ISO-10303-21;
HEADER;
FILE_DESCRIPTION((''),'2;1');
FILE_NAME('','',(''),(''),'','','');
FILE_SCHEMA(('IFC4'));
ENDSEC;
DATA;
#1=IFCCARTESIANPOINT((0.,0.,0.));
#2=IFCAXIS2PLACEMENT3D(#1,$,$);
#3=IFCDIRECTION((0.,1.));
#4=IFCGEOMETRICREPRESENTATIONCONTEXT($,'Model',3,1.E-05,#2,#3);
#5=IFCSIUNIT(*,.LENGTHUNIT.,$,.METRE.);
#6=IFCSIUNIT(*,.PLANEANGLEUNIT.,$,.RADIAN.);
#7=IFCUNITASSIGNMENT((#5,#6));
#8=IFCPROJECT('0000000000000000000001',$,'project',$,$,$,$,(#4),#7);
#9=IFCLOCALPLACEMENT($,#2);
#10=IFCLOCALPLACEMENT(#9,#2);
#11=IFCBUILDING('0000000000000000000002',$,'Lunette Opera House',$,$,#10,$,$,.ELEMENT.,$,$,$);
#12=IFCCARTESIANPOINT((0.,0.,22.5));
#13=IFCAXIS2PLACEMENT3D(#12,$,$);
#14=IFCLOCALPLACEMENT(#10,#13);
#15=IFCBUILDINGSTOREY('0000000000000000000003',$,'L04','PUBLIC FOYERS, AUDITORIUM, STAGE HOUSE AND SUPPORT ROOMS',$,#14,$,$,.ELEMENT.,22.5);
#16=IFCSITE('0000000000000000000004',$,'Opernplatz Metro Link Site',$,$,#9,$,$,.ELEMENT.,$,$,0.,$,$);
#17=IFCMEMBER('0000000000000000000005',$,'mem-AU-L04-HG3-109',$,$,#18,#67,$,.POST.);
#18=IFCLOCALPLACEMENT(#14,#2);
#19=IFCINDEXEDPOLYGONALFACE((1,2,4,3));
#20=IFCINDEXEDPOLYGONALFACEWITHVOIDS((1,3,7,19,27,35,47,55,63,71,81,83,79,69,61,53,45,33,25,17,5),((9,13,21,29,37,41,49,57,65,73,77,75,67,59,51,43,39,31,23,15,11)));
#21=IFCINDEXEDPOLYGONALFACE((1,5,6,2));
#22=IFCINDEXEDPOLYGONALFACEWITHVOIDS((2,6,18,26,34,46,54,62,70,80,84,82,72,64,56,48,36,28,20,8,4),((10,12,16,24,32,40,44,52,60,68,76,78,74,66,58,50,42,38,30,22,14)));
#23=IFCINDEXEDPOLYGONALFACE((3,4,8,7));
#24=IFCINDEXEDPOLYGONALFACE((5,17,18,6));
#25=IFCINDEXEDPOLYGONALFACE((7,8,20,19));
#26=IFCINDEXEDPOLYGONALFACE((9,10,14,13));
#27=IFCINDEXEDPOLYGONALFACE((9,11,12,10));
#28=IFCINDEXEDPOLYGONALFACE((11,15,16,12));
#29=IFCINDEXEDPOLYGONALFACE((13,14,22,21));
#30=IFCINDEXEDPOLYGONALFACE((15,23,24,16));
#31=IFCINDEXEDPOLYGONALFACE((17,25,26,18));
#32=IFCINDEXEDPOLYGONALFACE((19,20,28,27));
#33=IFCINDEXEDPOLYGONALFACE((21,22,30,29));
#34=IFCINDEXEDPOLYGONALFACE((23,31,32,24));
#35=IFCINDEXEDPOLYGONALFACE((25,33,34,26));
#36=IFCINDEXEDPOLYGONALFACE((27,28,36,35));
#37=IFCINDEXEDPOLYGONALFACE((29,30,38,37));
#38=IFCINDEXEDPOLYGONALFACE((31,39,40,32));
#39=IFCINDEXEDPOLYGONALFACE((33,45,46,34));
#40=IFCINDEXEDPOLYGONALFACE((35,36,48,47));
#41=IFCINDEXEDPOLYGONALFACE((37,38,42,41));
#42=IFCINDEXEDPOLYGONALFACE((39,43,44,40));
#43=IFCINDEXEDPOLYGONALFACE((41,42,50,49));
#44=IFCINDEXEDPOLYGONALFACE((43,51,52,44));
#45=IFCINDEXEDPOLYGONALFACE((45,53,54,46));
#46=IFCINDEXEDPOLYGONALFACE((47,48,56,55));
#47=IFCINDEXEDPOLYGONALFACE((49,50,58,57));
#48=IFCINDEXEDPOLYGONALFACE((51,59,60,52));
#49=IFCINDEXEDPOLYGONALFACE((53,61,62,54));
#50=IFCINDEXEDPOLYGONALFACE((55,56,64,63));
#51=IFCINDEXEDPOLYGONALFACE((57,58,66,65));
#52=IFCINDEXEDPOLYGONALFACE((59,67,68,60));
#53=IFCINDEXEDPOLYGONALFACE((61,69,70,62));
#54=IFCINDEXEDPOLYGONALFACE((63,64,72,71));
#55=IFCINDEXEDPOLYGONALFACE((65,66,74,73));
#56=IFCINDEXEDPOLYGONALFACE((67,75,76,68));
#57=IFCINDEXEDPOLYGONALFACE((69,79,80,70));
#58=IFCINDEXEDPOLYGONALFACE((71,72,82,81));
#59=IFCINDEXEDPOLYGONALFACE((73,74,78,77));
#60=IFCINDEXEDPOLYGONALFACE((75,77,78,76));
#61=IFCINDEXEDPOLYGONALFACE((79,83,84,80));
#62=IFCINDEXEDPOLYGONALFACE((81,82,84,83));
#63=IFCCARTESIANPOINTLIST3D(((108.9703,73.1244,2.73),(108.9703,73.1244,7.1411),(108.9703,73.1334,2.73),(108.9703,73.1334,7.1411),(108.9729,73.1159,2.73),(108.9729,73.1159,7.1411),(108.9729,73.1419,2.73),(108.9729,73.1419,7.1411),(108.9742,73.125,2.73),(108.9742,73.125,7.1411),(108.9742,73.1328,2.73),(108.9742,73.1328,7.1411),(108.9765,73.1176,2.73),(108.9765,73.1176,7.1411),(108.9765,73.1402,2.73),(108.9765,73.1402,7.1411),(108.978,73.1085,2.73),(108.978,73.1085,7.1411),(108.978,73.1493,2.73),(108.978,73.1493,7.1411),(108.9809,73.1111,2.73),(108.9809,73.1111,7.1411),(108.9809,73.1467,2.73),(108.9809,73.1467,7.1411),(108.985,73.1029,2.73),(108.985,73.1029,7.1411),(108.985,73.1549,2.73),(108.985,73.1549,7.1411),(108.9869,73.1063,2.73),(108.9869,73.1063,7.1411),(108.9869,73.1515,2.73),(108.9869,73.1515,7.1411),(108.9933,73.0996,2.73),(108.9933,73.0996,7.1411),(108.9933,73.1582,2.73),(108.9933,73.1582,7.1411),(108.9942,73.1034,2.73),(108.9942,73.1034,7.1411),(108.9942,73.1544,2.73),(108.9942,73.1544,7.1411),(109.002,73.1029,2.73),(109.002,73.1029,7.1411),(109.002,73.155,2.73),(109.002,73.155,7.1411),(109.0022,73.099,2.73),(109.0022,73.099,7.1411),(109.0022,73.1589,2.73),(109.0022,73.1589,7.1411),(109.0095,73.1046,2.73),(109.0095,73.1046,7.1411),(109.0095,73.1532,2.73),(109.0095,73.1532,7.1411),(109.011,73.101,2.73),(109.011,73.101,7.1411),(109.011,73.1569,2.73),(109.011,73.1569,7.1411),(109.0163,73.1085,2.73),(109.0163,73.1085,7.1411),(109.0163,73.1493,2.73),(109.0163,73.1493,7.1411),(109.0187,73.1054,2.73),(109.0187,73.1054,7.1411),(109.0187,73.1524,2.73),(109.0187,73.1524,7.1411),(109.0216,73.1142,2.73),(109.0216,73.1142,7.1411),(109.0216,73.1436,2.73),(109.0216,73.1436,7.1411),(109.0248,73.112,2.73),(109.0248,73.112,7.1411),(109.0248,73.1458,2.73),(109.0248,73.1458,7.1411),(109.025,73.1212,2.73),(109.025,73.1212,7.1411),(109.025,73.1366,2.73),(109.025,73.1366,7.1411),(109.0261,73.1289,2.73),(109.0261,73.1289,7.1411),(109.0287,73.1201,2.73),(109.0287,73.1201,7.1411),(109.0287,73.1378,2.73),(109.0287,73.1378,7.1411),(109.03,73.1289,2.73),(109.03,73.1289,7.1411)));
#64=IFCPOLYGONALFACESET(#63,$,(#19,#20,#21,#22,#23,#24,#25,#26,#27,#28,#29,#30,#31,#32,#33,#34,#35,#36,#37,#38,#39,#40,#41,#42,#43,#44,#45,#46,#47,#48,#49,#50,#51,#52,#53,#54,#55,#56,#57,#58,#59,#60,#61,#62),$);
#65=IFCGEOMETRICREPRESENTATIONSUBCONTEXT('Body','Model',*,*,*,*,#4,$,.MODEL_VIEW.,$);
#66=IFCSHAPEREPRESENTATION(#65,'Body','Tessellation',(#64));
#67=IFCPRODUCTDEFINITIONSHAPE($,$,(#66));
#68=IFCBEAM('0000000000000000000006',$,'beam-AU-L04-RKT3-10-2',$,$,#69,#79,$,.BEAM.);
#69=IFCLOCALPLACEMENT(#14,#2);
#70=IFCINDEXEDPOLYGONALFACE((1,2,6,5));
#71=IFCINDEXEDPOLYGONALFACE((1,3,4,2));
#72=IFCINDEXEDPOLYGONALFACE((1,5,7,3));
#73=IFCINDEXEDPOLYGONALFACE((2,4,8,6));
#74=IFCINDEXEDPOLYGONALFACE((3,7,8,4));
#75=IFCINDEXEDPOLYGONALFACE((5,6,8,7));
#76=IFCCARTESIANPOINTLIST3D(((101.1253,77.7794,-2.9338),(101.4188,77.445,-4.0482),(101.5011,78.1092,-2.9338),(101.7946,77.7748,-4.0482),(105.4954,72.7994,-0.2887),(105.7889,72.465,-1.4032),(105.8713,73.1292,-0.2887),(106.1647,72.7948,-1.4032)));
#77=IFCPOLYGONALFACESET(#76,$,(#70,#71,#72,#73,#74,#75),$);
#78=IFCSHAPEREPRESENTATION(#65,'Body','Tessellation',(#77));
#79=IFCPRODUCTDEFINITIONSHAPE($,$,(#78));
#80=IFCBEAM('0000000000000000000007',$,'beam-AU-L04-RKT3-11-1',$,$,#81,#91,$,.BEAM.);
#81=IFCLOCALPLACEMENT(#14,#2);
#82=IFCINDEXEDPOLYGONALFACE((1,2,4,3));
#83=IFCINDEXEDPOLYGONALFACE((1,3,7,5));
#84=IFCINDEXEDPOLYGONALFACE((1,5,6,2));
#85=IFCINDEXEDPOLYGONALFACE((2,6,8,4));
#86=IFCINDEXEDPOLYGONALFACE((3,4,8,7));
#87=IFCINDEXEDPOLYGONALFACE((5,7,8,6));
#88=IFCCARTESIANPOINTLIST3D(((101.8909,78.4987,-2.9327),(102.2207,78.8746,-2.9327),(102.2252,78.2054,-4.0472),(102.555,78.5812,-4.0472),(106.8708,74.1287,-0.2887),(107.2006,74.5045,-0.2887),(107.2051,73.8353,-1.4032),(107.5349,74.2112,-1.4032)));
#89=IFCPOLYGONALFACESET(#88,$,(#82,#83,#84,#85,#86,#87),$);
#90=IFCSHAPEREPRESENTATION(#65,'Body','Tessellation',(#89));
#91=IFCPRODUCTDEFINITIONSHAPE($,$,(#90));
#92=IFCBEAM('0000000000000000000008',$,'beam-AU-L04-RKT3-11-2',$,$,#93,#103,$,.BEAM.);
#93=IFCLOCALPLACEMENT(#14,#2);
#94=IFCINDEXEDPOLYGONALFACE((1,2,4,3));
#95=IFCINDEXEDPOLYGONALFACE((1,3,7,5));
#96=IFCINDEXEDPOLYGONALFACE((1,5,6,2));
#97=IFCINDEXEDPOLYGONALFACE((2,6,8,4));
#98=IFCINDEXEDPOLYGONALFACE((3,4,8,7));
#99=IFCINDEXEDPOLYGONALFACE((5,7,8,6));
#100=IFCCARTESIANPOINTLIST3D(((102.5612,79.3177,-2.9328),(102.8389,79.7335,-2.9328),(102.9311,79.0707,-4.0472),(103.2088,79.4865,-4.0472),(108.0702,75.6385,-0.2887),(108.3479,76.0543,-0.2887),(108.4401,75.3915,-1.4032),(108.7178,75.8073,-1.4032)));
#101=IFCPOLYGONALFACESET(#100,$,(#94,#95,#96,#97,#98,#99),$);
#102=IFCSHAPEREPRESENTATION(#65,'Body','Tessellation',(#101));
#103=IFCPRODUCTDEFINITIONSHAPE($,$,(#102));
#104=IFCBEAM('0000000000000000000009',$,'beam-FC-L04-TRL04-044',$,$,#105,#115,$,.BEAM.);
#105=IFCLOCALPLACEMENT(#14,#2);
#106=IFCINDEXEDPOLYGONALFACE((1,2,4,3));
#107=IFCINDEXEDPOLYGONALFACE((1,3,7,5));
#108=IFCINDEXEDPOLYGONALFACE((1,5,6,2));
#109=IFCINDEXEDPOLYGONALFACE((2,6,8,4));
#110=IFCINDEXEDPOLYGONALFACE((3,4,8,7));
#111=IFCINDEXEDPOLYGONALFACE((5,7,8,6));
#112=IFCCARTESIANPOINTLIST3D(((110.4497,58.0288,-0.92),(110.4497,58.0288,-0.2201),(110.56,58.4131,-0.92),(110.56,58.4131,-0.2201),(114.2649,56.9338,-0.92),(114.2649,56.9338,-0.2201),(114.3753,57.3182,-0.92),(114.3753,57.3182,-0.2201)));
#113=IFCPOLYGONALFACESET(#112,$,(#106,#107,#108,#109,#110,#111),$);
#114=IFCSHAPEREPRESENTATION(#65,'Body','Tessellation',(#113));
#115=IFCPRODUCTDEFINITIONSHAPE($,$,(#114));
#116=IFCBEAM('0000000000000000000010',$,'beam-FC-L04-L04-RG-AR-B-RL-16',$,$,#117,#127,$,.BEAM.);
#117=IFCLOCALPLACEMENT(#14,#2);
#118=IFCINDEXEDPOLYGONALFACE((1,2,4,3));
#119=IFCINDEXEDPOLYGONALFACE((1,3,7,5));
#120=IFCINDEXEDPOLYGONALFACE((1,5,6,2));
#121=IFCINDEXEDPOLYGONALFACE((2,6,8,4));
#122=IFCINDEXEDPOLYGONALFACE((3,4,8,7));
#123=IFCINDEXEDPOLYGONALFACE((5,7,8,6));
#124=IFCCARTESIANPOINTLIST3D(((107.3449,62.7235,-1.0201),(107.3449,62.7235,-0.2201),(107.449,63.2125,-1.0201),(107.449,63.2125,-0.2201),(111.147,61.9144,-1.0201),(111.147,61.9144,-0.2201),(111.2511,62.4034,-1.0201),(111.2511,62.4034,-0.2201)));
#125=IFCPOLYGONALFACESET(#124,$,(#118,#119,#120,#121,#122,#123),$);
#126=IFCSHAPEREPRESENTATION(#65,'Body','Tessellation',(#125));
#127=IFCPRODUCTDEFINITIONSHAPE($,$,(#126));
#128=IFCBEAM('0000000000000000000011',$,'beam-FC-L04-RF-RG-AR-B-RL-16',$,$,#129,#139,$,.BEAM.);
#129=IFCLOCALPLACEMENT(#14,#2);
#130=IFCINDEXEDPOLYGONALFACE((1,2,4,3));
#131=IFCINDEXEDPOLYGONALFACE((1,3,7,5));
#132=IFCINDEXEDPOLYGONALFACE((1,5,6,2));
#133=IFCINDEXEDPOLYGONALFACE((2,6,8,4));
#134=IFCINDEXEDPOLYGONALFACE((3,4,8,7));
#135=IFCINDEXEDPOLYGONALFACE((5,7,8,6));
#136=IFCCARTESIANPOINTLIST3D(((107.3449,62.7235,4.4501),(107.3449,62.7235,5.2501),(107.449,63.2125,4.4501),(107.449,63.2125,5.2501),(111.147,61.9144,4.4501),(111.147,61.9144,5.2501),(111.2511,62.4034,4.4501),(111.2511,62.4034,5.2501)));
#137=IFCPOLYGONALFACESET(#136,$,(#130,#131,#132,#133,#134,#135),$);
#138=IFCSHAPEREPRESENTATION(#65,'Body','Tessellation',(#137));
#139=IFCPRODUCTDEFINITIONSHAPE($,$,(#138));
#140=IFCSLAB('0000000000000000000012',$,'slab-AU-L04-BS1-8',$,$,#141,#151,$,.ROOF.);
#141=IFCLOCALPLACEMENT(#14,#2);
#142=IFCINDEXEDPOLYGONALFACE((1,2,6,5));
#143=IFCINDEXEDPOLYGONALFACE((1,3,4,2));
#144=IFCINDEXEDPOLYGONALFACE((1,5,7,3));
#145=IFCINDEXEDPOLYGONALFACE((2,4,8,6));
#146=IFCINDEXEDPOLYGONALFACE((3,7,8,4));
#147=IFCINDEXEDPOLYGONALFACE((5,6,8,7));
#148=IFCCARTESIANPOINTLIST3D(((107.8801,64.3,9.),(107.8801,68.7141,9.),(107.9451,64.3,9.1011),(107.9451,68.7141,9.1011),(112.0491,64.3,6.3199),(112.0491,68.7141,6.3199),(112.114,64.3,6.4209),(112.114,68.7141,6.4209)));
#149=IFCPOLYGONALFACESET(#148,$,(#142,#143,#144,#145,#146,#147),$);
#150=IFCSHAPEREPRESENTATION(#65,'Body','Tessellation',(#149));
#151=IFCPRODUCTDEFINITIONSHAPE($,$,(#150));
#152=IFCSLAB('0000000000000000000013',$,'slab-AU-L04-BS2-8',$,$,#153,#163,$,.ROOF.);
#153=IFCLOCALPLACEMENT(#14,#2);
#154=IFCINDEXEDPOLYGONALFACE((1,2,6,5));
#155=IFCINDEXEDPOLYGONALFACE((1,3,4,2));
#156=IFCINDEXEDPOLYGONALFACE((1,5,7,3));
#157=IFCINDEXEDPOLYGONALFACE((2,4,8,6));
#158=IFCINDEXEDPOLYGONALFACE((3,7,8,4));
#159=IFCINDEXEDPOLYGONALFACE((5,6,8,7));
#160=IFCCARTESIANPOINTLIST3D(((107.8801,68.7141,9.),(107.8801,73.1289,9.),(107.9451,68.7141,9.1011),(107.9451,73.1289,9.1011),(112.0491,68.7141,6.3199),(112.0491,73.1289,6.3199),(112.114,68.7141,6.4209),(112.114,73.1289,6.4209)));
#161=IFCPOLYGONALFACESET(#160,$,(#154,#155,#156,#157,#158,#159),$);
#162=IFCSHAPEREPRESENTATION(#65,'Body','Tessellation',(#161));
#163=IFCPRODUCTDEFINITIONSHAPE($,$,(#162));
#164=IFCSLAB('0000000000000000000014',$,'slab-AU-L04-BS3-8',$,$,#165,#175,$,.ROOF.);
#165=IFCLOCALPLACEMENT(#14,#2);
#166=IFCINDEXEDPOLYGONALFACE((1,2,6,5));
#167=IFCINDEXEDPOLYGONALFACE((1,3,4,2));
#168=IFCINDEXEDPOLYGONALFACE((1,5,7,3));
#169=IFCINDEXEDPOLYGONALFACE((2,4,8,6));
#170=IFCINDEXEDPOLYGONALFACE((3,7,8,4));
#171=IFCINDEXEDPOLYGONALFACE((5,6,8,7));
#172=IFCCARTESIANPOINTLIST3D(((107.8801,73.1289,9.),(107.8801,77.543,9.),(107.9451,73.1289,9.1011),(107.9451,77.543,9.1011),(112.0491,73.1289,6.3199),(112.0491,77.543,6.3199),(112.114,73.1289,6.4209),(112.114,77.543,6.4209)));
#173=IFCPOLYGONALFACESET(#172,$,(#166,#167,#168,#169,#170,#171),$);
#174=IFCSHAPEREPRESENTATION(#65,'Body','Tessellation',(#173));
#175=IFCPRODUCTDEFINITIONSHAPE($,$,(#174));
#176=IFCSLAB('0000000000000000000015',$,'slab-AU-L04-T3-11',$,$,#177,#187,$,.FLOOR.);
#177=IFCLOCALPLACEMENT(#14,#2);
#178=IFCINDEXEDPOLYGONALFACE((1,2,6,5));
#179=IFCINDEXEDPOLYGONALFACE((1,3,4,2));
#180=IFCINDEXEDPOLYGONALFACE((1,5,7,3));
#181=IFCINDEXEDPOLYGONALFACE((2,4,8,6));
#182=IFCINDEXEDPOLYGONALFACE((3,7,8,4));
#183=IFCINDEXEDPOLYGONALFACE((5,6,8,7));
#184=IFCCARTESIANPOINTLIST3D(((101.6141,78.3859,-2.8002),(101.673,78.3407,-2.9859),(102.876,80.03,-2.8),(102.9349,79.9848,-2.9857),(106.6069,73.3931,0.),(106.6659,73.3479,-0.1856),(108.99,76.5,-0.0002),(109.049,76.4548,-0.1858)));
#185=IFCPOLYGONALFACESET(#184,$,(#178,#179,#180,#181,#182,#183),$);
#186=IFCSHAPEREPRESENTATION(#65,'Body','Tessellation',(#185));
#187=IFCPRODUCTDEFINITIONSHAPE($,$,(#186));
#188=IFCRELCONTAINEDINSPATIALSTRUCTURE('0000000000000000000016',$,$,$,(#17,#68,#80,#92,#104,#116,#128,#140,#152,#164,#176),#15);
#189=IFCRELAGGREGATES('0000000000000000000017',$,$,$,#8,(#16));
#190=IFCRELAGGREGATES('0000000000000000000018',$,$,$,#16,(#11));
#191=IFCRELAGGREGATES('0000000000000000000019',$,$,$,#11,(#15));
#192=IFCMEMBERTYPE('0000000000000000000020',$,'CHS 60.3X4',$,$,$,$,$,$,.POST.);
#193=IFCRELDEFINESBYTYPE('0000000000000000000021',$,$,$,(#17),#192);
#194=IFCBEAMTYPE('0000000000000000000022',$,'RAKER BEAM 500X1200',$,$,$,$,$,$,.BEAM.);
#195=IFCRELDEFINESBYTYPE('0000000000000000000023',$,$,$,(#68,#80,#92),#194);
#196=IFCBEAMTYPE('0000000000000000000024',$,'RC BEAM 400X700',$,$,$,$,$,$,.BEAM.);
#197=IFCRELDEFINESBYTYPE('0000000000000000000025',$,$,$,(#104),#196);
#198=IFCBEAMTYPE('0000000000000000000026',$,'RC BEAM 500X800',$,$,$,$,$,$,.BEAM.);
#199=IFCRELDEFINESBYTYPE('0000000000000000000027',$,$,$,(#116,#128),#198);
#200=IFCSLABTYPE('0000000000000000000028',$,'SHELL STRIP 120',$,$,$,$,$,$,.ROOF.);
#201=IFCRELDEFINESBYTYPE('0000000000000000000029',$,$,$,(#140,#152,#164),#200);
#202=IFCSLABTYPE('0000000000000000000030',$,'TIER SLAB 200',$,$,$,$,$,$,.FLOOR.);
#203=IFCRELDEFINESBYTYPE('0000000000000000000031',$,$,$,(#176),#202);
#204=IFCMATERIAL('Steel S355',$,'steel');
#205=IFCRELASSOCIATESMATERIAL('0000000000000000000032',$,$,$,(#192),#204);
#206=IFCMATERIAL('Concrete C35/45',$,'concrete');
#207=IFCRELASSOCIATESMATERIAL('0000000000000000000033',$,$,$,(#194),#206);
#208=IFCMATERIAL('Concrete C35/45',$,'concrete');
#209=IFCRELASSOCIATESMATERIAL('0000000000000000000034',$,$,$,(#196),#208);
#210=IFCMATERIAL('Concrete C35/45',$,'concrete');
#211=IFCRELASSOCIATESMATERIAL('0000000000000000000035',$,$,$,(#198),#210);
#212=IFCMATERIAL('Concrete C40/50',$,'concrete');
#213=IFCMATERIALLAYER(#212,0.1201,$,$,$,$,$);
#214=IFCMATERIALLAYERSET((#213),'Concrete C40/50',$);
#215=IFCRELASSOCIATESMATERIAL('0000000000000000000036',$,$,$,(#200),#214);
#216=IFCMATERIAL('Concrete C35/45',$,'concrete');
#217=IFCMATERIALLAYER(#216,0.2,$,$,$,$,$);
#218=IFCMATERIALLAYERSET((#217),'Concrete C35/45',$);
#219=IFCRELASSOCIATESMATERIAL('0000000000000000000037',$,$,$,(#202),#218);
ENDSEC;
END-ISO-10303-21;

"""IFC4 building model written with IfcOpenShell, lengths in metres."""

from ifc_helpers import new_model, si_unit, direction, frame, origin, origin_2d, place, context, subcontext, project, spatial, polyline, rectangle, hollow_circle, outline, extrude, material, layer, layer_set, material_profile, profile_set, type_object, element, save


model = new_model("IFC4")

# Units and contexts
model_context = context("Model", 3, precision=1e-05, world=origin(), true_north=direction((0.0, 1.0)))
body_context = subcontext(model_context, "Body", "Model", "MODEL_VIEW")
ifc_project = project(units=[si_unit("LENGTHUNIT", "METRE"), si_unit("PLANEANGLEUNIT", "RADIAN")], contexts=[model_context])

# Site, building, storey
site_placement = place(None, origin())
site = spatial("IfcSite", under=ifc_project, at=site_placement, Name="Opernplatz Metro Link Site", CompositionType="ELEMENT", RefElevation=0.0)
building_placement = place(site_placement, origin())
building = spatial("IfcBuilding", under=site, at=building_placement, Name="Lunette Opera House", CompositionType="ELEMENT")
storey_placement = place(building_placement, frame((0.0, 0.0, 22.5)))
storey = spatial("IfcBuildingStorey", under=building, at=storey_placement, Name="L04", Description="PUBLIC FOYERS, AUDITORIUM, STAGE HOUSE AND SUPPORT ROOMS", CompositionType="ELEMENT", Elevation=22.5)

# Member
ifc_material_1 = material(Name="Steel S355", Category="steel")
ifc_material_profile_1 = material_profile(ifc_material_1, hollow_circle(Radius=0.03, WallThickness=0.0039, at=origin_2d()), Name="CHS 60.3X4")
ifc_profile_set_1 = profile_set([ifc_material_profile_1], Name="Steel S355")
member_type = type_object("IfcMemberType", Name="CHS 60.3X4", PredefinedType="POST", material=ifc_profile_set_1)
for number, where, z_axis, x_axis, name in (
    (1, (109.0, 73.1289, 2.73), (0.0, 0.0, 1.0), (1.0, 0.0, 0.0), "mem-AU-L04-HG3-109"),
):
    element("IfcMember", number, at=place(storey_placement, frame(where, z_axis=z_axis, x_axis=x_axis)), inside=storey, type_object=member_type, Name=name, PredefinedType="POST", context=body_context, shape_type="SweptSolid", body=[
        extrude(hollow_circle(Radius=0.03, WallThickness=0.0039, at=origin_2d()), origin(), (0.0, 0.0, 1.0), 4.4111),
    ])

# Beams
ifc_material_2 = material(Name="Concrete C35/45", Category="concrete")
ifc_material_profile_2 = material_profile(ifc_material_2, rectangle(XDim=0.5, YDim=1.2, at=origin_2d()), Name="RAKER BEAM 500X1200")
ifc_profile_set_2 = profile_set([ifc_material_profile_2], Name="Concrete C35/45")
beam_type_1 = type_object("IfcBeamType", Name="RAKER BEAM 500X1200", PredefinedType="BEAM", material=ifc_profile_set_2)
beam_1_placement = place(storey_placement, frame((105.8301, 72.7971, -0.8459), z_axis=(-0.612574, 0.698061, -0.370761), x_axis=(-0.751631, -0.659584, 0.0)))
element("IfcBeam", 2, at=beam_1_placement, inside=storey, type_object=beam_type_1, Name="beam-AU-L04-RKT3-10-2", PredefinedType="BEAM", context=body_context, shape_type="SweptSolid", body=[
    extrude(rectangle(XDim=0.5, YDim=1.2, at=origin_2d()), origin(), (0.0, 0.0, 1.0), 7.134),
])
beam_2_placement = place(storey_placement, frame((107.2029, 74.1699, -0.8459), z_axis=(-0.698096, 0.612605, -0.370643), x_axis=(-0.659584, -0.751631, 0.0)))
element("IfcBeam", 3, at=beam_2_placement, inside=storey, type_object=beam_type_1, Name="beam-AU-L04-RKT3-11-1", PredefinedType="BEAM", context=body_context, shape_type="SweptSolid", body=[
    extrude(rectangle(XDim=0.5, YDim=1.2, at=origin_2d()), origin(), (0.0, 0.0, 1.0), 7.1335),
])
beam_3_placement = place(storey_placement, frame((108.394, 75.7229, -0.8459), z_axis=(-0.772352, 0.515814, -0.370688), x_axis=(-0.55538, -0.831596, 0.0)))
element("IfcBeam", 4, at=beam_3_placement, inside=storey, type_object=beam_type_1, Name="beam-AU-L04-RKT3-11-2", PredefinedType="BEAM", context=body_context, shape_type="SweptSolid", body=[
    extrude(rectangle(XDim=0.5, YDim=1.2, at=origin_2d()), origin(), (0.0, 0.0, 1.0), 7.1328),
])
ifc_material_3 = material(Name="Concrete C35/45", Category="concrete")
ifc_material_profile_3 = material_profile(ifc_material_3, rectangle(XDim=0.3999, YDim=0.7, at=origin_2d()), Name="RC BEAM 400X700")
ifc_profile_set_3 = profile_set([ifc_material_profile_3], Name="Concrete C35/45")
beam_type_2 = type_object("IfcBeamType", Name="RC BEAM 400X700", PredefinedType="BEAM", material=ifc_profile_set_3)
beam_4_placement = place(storey_placement, frame((110.5049, 58.2209, -0.5701), z_axis=(0.961196, -0.275866, 0.0), x_axis=(0.275866, 0.961196, 0.0)))
element("IfcBeam", 5, at=beam_4_placement, inside=storey, type_object=beam_type_2, Name="beam-FC-L04-TRL04-044", PredefinedType="BEAM", context=body_context, shape_type="SweptSolid", body=[
    extrude(rectangle(XDim=0.3999, YDim=0.7, at=origin_2d()), origin(), (0.0, 0.0, 1.0), 3.9692),
])
ifc_material_4 = material(Name="Concrete C35/45", Category="concrete")
ifc_material_profile_4 = material_profile(ifc_material_4, rectangle(XDim=0.5, YDim=0.8, at=origin_2d()), Name="RC BEAM 500X800")
ifc_profile_set_4 = profile_set([ifc_material_profile_4], Name="Concrete C35/45")
beam_type_3 = type_object("IfcBeamType", Name="RC BEAM 500X800", PredefinedType="BEAM", material=ifc_profile_set_4)
for number, where, z_axis, x_axis, name in (
    (6, (107.397, 62.968, -0.6201), (0.978098, -0.208143, 0.0), (0.208143, 0.978098, 0.0), "beam-FC-L04-L04-RG-AR-B-RL-16"),
    (7, (107.397, 62.968, 4.8501), (0.978098, -0.208143, 0.0), (0.208143, 0.978098, 0.0), "beam-FC-L04-RF-RG-AR-B-RL-16"),
):
    element("IfcBeam", number, at=place(storey_placement, frame(where, z_axis=z_axis, x_axis=x_axis)), inside=storey, type_object=beam_type_3, Name=name, PredefinedType="BEAM", context=body_context, shape_type="SweptSolid", body=[
        extrude(rectangle(XDim=0.5, YDim=0.8, at=origin_2d()), origin(), (0.0, 0.0, 1.0), 3.8872),
    ])

# Slabs
ifc_material_5 = material(Name="Concrete C40/50", Category="concrete")
ifc_layer_1 = layer(ifc_material_5, 0.1201)
ifc_layer_set_1 = layer_set([ifc_layer_1], Name="Concrete C40/50")
slab_type_1 = type_object("IfcSlabType", Name="SHELL STRIP 120", PredefinedType="ROOF", material=ifc_layer_set_1)
slab_1_placement = place(storey_placement, frame((107.9451, 64.3, 9.1011), z_axis=(0.540778, 0.0, 0.841166), x_axis=(0.841166, 0.0, -0.540778)))
element("IfcSlab", 8, at=slab_1_placement, inside=storey, type_object=slab_type_1, Name="slab-AU-L04-BS1-8", PredefinedType="ROOF", context=body_context, shape_type="SweptSolid", body=[
    extrude(outline(polyline([(0.0, 0.0), (4.9562, 0.0), (4.9562, 4.4141), (0.0, 4.4141), (0.0, 0.0)])), origin(), (0.0, 0.0, -1.0), 0.1201),
])
slab_2_placement = place(storey_placement, frame((107.9451, 68.7141, 9.1011), z_axis=(0.540778, 0.0, 0.841166), x_axis=(0.841166, 0.0, -0.540778)))
element("IfcSlab", 9, at=slab_2_placement, inside=storey, type_object=slab_type_1, Name="slab-AU-L04-BS2-8", PredefinedType="ROOF", context=body_context, shape_type="SweptSolid", body=[
    extrude(outline(polyline([(0.0, 0.0), (4.9562, 0.0), (4.9562, 4.4148), (0.0, 4.4148), (0.0, 0.0)])), origin(), (0.0, 0.0, -1.0), 0.1201),
])
slab_3_placement = place(storey_placement, frame((107.9451, 73.1289, 9.1011), z_axis=(0.540778, 0.0, 0.841166), x_axis=(0.841166, 0.0, -0.540778)))
element("IfcSlab", 10, at=slab_3_placement, inside=storey, type_object=slab_type_1, Name="slab-AU-L04-BS3-8", PredefinedType="ROOF", context=body_context, shape_type="SweptSolid", body=[
    extrude(outline(polyline([(0.0, 0.0), (4.9562, 0.0), (4.9562, 4.4141), (0.0, 4.4141), (0.0, 0.0)])), origin(), (0.0, 0.0, -1.0), 0.1201),
])
ifc_material_6 = material(Name="Concrete C35/45", Category="concrete")
ifc_layer_2 = layer(ifc_material_6, 0.2)
ifc_layer_set_2 = layer_set([ifc_layer_2], Name="Concrete C35/45")
slab_type_2 = type_object("IfcSlabType", Name="TIER SLAB 200", PredefinedType="FLOOR", material=ifc_layer_set_2)
slab_4_placement = place(storey_placement, frame((106.6069, 73.3931, 0.0), z_axis=(-0.294661, 0.226069, 0.928476), x_axis=(0.608618, 0.793463, -0.000044)))
element("IfcSlab", 11, at=slab_4_placement, inside=storey, type_object=slab_type_2, Name="slab-AU-L04-T3-11", PredefinedType="FLOOR", context=body_context, shape_type="SweptSolid", body=[
    extrude(outline(polyline([(0.0, 0.0), (3.9156, 0.0), (2.9956, 7.539), (0.923, 7.5397), (0.0, 0.0)])), origin(), (0.0, 0.0, -1.0), 0.2),
])

save(model, "model.ifc")
